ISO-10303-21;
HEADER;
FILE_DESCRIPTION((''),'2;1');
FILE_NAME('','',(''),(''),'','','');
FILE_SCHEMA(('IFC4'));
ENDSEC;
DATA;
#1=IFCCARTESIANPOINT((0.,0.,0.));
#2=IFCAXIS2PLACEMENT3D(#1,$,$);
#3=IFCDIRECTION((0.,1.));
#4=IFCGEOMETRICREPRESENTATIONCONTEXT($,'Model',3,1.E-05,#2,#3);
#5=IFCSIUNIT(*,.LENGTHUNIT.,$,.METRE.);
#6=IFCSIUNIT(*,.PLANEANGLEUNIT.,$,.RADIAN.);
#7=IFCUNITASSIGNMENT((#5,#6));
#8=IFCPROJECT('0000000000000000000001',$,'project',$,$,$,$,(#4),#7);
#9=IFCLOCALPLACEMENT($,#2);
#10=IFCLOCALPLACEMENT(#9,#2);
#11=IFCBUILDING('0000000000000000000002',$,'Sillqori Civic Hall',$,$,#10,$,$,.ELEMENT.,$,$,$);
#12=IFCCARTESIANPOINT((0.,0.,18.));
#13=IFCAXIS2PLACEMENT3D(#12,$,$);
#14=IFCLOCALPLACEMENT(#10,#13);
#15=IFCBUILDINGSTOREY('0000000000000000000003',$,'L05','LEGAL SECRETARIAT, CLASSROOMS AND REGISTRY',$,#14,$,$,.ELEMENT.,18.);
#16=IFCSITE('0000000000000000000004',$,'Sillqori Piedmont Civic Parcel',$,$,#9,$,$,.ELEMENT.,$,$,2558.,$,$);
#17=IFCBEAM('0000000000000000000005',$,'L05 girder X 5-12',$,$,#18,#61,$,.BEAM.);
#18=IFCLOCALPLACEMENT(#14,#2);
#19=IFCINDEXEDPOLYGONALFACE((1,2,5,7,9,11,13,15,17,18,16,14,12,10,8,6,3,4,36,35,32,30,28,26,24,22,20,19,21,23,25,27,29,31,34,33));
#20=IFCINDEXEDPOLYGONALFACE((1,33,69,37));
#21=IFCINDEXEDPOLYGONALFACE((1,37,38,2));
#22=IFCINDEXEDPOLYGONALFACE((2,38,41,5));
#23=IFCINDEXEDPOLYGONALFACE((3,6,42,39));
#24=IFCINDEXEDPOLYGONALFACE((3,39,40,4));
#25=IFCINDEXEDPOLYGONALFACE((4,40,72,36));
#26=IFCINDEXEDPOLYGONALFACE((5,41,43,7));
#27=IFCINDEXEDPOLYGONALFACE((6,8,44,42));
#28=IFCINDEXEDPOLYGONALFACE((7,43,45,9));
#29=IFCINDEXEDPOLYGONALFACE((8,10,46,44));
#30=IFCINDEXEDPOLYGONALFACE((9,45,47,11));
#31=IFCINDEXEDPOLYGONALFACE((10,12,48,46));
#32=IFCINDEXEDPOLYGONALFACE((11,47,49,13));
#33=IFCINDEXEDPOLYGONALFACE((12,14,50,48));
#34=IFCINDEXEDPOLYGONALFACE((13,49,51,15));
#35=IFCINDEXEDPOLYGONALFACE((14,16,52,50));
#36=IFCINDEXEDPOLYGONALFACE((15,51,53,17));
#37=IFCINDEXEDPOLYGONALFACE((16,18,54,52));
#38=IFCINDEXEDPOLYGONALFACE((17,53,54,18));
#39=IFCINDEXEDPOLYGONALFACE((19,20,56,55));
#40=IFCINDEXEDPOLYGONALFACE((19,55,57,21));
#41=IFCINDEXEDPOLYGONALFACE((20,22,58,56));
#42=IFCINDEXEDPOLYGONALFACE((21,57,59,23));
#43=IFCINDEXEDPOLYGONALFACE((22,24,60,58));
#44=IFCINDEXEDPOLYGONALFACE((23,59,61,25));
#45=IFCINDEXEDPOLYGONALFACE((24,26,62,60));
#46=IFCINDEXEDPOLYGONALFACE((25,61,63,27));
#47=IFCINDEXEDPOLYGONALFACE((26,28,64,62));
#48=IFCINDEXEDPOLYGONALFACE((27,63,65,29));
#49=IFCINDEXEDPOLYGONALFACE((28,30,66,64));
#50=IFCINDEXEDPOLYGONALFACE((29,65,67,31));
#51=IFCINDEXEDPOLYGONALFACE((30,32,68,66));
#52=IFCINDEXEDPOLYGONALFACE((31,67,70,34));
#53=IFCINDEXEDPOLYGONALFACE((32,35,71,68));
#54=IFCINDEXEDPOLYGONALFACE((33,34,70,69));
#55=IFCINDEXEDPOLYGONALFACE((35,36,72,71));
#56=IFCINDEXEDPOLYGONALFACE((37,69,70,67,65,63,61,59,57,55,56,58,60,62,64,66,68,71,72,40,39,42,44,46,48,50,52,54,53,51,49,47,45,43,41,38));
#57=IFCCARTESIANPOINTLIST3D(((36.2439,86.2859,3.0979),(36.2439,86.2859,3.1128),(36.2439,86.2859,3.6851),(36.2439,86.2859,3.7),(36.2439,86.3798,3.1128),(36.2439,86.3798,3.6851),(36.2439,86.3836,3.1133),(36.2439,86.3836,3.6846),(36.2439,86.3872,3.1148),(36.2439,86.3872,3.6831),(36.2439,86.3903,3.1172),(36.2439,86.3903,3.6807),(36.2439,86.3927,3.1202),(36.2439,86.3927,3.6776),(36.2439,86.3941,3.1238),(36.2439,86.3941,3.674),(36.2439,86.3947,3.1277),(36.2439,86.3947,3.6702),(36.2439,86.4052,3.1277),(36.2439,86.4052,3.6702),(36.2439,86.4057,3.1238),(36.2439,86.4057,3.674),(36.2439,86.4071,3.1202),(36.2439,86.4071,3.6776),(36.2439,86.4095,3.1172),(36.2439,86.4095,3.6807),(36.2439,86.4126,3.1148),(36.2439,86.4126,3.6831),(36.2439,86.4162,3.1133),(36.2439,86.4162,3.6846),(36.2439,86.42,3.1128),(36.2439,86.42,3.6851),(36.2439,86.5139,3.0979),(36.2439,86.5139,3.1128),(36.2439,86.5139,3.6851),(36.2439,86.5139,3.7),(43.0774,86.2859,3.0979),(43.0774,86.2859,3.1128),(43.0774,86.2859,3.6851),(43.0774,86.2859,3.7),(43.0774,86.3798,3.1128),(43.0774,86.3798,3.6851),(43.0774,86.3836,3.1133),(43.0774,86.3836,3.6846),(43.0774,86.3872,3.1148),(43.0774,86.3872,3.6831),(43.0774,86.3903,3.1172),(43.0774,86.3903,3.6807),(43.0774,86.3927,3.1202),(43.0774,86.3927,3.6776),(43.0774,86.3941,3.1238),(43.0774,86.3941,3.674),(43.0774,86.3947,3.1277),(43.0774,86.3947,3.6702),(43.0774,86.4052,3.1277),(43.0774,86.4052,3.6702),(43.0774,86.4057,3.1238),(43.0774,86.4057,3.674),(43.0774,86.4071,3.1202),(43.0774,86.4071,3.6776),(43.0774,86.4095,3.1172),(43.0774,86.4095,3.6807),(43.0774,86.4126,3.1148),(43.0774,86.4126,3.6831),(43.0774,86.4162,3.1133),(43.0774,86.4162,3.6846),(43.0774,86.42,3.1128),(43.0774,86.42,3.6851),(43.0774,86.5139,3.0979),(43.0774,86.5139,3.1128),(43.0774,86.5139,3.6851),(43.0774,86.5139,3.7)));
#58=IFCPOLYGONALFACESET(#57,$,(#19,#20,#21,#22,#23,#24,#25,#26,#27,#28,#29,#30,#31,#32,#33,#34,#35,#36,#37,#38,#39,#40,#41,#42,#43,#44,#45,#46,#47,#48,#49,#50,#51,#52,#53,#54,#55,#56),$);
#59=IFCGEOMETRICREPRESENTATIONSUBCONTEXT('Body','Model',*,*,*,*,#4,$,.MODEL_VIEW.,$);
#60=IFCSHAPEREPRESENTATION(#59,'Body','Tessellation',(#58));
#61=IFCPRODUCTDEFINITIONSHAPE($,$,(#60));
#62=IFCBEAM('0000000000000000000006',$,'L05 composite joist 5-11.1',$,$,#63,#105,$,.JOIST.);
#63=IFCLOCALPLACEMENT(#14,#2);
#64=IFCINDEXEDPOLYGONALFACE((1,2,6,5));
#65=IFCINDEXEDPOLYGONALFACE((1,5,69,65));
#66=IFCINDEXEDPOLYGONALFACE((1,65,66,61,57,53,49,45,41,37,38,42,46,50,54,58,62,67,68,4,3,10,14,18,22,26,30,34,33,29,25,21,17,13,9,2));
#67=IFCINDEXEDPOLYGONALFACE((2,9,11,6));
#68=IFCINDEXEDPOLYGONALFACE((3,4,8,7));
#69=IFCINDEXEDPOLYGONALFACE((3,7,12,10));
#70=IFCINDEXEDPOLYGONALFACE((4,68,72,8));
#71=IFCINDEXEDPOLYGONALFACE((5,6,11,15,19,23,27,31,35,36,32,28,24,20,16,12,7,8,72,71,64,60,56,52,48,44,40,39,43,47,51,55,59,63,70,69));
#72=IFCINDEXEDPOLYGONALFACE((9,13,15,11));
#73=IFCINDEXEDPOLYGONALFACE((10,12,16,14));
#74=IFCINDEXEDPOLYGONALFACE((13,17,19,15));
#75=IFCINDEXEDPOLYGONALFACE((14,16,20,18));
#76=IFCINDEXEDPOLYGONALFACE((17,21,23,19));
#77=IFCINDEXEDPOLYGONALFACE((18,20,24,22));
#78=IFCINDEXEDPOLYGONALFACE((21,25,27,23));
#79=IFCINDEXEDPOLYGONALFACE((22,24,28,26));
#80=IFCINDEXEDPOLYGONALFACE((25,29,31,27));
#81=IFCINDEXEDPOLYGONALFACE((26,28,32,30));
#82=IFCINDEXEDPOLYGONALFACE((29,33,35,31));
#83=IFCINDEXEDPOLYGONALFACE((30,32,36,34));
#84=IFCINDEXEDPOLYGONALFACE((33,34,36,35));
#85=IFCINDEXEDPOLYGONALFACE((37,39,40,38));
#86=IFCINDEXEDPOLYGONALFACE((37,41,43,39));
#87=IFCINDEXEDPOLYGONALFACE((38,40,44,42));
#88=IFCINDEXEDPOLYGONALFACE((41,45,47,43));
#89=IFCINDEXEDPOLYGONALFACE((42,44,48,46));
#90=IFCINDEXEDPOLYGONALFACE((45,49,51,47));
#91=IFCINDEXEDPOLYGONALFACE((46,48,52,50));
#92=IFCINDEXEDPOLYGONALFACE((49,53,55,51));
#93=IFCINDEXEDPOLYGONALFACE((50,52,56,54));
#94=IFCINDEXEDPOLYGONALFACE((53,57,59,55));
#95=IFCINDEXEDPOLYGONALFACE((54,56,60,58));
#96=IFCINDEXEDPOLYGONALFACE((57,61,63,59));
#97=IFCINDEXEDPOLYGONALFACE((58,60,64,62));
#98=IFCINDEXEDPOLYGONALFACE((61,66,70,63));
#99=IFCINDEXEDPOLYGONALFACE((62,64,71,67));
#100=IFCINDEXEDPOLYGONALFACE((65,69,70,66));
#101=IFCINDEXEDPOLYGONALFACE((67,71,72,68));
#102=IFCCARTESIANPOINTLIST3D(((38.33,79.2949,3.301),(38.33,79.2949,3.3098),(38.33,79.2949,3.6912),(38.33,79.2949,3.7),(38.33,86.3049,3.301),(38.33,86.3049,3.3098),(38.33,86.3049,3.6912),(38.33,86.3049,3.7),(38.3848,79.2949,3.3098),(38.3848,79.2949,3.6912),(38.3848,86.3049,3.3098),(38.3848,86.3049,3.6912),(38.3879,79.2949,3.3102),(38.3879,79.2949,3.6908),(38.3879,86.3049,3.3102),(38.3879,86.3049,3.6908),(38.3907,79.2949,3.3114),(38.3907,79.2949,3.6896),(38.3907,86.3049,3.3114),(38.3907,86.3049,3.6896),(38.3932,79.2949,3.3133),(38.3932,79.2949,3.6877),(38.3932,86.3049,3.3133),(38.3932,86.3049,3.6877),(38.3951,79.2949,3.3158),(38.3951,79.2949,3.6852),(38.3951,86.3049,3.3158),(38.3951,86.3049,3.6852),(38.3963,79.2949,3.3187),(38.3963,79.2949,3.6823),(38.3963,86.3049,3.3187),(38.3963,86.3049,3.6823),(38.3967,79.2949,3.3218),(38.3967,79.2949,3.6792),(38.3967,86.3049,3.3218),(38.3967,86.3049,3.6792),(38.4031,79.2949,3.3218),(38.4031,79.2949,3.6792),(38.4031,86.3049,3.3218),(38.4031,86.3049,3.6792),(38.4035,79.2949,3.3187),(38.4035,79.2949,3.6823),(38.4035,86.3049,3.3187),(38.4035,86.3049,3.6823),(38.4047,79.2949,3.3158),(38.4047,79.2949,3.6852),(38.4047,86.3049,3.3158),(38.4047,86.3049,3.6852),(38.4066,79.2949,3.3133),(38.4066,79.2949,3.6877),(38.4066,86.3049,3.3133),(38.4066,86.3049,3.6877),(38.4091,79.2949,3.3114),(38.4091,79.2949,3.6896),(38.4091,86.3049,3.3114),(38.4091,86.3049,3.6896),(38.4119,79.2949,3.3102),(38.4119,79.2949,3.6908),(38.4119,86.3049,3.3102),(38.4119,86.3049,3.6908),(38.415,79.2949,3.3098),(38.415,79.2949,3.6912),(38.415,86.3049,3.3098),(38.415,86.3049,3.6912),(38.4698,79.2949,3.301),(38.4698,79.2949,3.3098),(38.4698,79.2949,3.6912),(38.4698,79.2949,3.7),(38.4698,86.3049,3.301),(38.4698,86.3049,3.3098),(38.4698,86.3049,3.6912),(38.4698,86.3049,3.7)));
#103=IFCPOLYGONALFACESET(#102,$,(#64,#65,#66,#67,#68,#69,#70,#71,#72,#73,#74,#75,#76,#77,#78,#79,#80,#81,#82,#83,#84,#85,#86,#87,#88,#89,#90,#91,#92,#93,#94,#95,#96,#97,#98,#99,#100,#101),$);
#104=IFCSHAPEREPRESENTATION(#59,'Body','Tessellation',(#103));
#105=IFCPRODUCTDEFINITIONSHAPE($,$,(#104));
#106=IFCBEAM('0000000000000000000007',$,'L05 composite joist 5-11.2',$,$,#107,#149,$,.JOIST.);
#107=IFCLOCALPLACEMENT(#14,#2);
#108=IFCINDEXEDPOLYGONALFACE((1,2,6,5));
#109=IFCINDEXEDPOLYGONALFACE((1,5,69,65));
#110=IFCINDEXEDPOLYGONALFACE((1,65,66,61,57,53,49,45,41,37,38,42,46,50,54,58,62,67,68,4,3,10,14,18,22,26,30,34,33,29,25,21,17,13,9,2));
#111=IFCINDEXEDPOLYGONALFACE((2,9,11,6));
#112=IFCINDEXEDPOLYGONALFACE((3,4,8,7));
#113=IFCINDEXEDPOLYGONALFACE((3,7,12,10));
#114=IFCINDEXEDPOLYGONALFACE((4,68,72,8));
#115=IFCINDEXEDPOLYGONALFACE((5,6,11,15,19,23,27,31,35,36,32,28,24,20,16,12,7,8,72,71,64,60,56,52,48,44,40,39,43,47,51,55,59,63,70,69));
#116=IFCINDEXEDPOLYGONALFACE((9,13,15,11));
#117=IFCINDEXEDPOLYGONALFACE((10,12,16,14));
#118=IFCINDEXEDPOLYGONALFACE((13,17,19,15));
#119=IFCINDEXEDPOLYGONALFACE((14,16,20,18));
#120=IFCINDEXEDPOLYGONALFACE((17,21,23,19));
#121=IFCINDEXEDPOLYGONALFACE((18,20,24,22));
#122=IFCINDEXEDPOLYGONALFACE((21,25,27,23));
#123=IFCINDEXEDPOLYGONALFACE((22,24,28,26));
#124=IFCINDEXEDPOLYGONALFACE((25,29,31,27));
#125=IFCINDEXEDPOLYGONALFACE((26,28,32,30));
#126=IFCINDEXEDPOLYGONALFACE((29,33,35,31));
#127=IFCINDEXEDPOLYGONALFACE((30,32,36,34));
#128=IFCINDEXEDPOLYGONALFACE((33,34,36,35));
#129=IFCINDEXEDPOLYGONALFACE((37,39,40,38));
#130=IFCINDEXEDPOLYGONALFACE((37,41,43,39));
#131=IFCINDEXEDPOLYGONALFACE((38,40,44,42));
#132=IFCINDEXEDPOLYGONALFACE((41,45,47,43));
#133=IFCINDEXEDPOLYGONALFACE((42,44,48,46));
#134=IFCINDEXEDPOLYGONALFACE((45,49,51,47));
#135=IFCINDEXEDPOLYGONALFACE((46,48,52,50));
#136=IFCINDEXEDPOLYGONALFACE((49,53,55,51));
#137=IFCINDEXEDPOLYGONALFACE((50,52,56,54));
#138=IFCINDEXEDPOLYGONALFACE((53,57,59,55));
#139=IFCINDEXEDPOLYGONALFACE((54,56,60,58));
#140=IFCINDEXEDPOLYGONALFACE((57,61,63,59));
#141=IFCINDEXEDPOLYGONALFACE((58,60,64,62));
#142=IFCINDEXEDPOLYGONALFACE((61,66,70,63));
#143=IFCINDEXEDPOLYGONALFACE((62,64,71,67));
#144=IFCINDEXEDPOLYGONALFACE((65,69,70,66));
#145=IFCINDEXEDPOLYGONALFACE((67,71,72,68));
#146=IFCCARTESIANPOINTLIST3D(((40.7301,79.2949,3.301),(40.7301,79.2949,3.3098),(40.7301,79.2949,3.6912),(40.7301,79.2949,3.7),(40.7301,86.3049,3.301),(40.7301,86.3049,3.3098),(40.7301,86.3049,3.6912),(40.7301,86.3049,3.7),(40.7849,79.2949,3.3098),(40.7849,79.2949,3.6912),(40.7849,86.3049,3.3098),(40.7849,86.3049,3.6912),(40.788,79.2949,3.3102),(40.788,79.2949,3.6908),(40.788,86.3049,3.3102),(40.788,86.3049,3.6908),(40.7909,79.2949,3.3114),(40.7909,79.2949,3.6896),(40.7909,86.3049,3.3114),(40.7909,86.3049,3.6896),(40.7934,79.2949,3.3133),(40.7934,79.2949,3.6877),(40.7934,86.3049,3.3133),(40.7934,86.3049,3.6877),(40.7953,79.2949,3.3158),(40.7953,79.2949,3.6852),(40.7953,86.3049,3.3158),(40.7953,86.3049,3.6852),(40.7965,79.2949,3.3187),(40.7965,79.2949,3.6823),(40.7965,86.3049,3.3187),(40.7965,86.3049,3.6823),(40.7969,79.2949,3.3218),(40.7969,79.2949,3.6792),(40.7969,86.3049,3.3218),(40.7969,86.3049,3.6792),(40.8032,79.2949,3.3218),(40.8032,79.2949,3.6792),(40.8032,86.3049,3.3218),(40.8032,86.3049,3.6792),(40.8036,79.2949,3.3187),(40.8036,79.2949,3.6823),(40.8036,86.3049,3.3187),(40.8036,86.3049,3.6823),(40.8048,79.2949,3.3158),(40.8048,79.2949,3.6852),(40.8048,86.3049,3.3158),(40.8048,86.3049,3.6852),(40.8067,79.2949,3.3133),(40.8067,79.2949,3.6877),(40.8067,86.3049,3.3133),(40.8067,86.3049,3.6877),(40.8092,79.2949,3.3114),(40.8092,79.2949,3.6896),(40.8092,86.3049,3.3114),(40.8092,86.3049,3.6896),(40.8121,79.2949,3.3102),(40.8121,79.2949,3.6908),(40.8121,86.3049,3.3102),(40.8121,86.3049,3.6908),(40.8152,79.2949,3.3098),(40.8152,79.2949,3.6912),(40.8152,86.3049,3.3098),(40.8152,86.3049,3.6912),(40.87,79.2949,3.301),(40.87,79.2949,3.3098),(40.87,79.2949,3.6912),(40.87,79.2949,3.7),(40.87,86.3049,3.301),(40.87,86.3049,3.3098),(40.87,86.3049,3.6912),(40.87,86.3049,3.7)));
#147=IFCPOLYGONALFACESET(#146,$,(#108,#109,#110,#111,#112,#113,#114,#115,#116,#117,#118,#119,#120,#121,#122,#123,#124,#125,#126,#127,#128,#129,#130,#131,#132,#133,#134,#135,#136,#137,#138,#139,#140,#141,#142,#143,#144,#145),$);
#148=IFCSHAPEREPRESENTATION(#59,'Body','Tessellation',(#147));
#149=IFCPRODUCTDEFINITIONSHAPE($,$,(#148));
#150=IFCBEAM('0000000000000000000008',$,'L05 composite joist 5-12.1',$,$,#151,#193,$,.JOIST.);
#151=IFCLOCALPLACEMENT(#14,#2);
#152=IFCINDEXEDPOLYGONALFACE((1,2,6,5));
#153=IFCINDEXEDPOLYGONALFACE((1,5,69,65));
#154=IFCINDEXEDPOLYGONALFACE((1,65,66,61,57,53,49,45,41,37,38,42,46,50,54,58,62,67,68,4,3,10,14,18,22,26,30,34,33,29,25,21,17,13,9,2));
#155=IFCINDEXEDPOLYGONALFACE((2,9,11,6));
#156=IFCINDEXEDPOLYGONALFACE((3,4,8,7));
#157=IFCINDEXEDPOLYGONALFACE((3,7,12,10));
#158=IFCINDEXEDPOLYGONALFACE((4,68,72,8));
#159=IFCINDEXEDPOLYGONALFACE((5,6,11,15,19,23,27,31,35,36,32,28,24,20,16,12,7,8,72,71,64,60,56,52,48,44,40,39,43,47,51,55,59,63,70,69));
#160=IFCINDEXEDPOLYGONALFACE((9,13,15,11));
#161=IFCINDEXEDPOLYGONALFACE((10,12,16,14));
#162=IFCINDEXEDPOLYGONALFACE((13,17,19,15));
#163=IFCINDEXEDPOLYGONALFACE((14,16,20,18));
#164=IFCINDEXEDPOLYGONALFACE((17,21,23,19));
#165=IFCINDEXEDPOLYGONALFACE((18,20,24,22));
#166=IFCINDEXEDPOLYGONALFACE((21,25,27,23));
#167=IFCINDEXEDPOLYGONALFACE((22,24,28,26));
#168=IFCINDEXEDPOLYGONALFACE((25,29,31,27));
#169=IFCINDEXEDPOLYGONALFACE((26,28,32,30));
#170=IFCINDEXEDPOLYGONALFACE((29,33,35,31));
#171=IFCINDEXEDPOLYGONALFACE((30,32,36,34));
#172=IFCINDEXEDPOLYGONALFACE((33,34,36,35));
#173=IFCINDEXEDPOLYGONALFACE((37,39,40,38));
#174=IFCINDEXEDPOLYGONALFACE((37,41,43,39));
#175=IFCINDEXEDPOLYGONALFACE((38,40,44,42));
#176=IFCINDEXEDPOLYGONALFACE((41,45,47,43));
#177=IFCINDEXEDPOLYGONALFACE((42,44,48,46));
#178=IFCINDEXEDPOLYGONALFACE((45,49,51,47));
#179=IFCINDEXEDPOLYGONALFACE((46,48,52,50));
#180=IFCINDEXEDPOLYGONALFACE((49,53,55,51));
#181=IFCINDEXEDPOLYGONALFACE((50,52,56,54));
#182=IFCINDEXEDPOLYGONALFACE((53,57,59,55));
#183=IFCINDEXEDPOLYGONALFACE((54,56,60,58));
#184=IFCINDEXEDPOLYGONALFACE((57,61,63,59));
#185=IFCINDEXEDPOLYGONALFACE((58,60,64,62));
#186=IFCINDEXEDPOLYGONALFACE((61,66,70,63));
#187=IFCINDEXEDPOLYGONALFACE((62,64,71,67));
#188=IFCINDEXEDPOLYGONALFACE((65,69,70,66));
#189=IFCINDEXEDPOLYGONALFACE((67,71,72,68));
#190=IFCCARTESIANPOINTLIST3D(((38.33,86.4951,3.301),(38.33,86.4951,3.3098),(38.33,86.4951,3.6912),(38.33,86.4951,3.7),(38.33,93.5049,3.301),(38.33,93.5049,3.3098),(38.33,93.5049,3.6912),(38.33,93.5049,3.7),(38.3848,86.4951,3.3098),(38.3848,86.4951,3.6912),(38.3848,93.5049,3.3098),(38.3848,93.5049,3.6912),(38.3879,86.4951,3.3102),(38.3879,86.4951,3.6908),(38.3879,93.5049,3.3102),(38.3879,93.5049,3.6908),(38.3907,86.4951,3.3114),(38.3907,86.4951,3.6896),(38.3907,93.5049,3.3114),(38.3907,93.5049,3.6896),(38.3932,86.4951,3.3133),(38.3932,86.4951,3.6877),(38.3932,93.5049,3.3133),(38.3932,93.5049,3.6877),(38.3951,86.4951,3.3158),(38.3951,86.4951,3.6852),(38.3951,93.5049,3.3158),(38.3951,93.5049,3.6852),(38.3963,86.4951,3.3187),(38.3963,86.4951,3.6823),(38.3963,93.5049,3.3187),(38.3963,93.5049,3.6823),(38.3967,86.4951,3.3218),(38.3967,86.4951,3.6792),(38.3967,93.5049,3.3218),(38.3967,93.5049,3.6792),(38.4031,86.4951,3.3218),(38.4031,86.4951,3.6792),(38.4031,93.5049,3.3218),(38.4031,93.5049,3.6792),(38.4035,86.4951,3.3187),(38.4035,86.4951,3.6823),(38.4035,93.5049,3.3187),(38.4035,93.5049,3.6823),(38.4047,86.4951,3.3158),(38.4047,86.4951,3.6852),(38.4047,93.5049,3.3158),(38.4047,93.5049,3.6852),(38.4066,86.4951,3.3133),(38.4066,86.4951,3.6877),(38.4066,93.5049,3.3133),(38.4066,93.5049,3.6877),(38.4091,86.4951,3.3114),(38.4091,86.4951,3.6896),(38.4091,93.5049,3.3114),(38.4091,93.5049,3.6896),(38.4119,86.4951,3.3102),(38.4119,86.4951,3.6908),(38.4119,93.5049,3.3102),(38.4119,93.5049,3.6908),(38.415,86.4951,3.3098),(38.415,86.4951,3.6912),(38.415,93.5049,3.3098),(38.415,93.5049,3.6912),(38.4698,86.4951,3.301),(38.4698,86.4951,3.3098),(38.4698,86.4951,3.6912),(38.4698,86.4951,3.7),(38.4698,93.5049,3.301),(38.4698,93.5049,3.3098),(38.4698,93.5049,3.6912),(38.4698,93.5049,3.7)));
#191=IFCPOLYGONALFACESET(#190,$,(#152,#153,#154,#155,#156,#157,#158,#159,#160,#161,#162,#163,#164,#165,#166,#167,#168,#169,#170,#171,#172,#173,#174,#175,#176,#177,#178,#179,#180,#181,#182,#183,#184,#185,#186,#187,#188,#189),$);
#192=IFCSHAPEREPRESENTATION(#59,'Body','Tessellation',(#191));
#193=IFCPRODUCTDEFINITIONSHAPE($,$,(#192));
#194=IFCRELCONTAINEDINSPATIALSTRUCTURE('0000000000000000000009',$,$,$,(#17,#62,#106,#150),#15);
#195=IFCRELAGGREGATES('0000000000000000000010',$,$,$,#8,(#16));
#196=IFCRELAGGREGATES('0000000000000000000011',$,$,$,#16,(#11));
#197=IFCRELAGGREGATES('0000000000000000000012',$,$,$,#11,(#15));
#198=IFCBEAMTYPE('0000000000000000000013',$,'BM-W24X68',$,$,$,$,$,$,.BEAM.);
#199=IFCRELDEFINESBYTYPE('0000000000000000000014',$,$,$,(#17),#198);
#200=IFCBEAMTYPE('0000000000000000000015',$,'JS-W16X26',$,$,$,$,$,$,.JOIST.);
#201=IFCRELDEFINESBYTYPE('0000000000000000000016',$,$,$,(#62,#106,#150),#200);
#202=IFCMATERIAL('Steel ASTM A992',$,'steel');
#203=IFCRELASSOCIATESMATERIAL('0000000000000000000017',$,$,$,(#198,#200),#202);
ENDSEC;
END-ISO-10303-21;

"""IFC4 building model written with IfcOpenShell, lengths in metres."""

from ifc_helpers import new_model, si_unit, direction, frame, origin, origin_2d, place, context, subcontext, project, spatial, i_section, extrude, material, material_profile, profile_set, type_object, element, save


model = new_model("IFC4")

# Units and contexts
model_context = context("Model", 3, precision=1e-05, world=origin(), true_north=direction((0.0, 1.0)))
body_context = subcontext(model_context, "Body", "Model", "MODEL_VIEW")
ifc_project = project(units=[si_unit("LENGTHUNIT", "METRE"), si_unit("PLANEANGLEUNIT", "RADIAN")], contexts=[model_context])

# Site, building, storey
site_placement = place(None, origin())
site = spatial("IfcSite", under=ifc_project, at=site_placement, Name="Sillqori Piedmont Civic Parcel", CompositionType="ELEMENT", RefElevation=2558.0)
building_placement = place(site_placement, origin())
building = spatial("IfcBuilding", under=site, at=building_placement, Name="Sillqori Civic Hall", CompositionType="ELEMENT")
storey_placement = place(building_placement, frame((0.0, 0.0, 18.0)))
storey = spatial("IfcBuildingStorey", under=building, at=storey_placement, Name="L05", Description="LEGAL SECRETARIAT, CLASSROOMS AND REGISTRY", CompositionType="ELEMENT", Elevation=18.0)

# Beam
ifc_material_1 = material(Name="Steel ASTM A992", Category="steel")
ifc_material_profile_1 = material_profile(ifc_material_1, i_section(OverallWidth=0.228, OverallDepth=0.6021, WebThickness=0.0105, FlangeThickness=0.0149, FilletRadius=0.0149, at=origin_2d()), Name="W24X68")
ifc_profile_set_1 = profile_set([ifc_material_profile_1], Name="Steel ASTM A992")
beam_type_1 = type_object("IfcBeamType", Name="BM-W24X68", PredefinedType="BEAM", material=ifc_profile_set_1)
beam_1_placement = place(storey_placement, frame((36.2439, 86.3999, 3.3989), z_axis=(1.0, 0.0, 0.0), x_axis=(0.0, 1.0, 0.0)))
element("IfcBeam", 1, at=beam_1_placement, inside=storey, type_object=beam_type_1, Name="L05 girder X 5-12", PredefinedType="BEAM", context=body_context, shape_type="SweptSolid", body=[
    extrude(i_section(OverallWidth=0.228, OverallDepth=0.6021, WebThickness=0.0105, FlangeThickness=0.0149, FilletRadius=0.0149, at=origin_2d()), origin(), (0.0, 0.0, 1.0), 6.8335),
])

# Beams
ifc_material_profile_2 = material_profile(ifc_material_1, i_section(OverallWidth=0.1399, OverallDepth=0.3989, WebThickness=0.0063, FlangeThickness=0.0088, FilletRadius=0.012, at=origin_2d()), Name="W16X26")
ifc_profile_set_2 = profile_set([ifc_material_profile_2], Name="Steel ASTM A992")
beam_type_2 = type_object("IfcBeamType", Name="JS-W16X26", PredefinedType="JOIST", material=ifc_profile_set_2)
for number, where, z_axis, x_axis, name in (
    (2, (38.3999, 79.2949, 3.5005), (0.0, 1.0, 0.0), (-1.0, 0.0, 0.0), "L05 composite joist 5-11.1"),
    (3, (40.8, 79.2949, 3.5005), (0.0, 1.0, 0.0), (-1.0, 0.0, 0.0), "L05 composite joist 5-11.2"),
):
    element("IfcBeam", number, at=place(storey_placement, frame(where, z_axis=z_axis, x_axis=x_axis)), inside=storey, type_object=beam_type_2, Name=name, PredefinedType="JOIST", context=body_context, shape_type="SweptSolid", body=[
        extrude(i_section(OverallWidth=0.1399, OverallDepth=0.3989, WebThickness=0.0063, FlangeThickness=0.0088, FilletRadius=0.012, at=origin_2d()), origin(), (0.0, 0.0, 1.0), 7.01),
    ])
for number, where, z_axis, x_axis, name in (
    (4, (38.3999, 86.4951, 3.5005), (0.0, 1.0, 0.0), (-1.0, 0.0, 0.0), "L05 composite joist 5-12.1"),
):
    element("IfcBeam", number, at=place(storey_placement, frame(where, z_axis=z_axis, x_axis=x_axis)), inside=storey, type_object=beam_type_2, Name=name, PredefinedType="JOIST", context=body_context, shape_type="SweptSolid", body=[
        extrude(i_section(OverallWidth=0.1399, OverallDepth=0.3989, WebThickness=0.0063, FlangeThickness=0.0088, FilletRadius=0.012, at=origin_2d()), origin(), (0.0, 0.0, 1.0), 7.0098),
    ])

save(model, "model.ifc")
